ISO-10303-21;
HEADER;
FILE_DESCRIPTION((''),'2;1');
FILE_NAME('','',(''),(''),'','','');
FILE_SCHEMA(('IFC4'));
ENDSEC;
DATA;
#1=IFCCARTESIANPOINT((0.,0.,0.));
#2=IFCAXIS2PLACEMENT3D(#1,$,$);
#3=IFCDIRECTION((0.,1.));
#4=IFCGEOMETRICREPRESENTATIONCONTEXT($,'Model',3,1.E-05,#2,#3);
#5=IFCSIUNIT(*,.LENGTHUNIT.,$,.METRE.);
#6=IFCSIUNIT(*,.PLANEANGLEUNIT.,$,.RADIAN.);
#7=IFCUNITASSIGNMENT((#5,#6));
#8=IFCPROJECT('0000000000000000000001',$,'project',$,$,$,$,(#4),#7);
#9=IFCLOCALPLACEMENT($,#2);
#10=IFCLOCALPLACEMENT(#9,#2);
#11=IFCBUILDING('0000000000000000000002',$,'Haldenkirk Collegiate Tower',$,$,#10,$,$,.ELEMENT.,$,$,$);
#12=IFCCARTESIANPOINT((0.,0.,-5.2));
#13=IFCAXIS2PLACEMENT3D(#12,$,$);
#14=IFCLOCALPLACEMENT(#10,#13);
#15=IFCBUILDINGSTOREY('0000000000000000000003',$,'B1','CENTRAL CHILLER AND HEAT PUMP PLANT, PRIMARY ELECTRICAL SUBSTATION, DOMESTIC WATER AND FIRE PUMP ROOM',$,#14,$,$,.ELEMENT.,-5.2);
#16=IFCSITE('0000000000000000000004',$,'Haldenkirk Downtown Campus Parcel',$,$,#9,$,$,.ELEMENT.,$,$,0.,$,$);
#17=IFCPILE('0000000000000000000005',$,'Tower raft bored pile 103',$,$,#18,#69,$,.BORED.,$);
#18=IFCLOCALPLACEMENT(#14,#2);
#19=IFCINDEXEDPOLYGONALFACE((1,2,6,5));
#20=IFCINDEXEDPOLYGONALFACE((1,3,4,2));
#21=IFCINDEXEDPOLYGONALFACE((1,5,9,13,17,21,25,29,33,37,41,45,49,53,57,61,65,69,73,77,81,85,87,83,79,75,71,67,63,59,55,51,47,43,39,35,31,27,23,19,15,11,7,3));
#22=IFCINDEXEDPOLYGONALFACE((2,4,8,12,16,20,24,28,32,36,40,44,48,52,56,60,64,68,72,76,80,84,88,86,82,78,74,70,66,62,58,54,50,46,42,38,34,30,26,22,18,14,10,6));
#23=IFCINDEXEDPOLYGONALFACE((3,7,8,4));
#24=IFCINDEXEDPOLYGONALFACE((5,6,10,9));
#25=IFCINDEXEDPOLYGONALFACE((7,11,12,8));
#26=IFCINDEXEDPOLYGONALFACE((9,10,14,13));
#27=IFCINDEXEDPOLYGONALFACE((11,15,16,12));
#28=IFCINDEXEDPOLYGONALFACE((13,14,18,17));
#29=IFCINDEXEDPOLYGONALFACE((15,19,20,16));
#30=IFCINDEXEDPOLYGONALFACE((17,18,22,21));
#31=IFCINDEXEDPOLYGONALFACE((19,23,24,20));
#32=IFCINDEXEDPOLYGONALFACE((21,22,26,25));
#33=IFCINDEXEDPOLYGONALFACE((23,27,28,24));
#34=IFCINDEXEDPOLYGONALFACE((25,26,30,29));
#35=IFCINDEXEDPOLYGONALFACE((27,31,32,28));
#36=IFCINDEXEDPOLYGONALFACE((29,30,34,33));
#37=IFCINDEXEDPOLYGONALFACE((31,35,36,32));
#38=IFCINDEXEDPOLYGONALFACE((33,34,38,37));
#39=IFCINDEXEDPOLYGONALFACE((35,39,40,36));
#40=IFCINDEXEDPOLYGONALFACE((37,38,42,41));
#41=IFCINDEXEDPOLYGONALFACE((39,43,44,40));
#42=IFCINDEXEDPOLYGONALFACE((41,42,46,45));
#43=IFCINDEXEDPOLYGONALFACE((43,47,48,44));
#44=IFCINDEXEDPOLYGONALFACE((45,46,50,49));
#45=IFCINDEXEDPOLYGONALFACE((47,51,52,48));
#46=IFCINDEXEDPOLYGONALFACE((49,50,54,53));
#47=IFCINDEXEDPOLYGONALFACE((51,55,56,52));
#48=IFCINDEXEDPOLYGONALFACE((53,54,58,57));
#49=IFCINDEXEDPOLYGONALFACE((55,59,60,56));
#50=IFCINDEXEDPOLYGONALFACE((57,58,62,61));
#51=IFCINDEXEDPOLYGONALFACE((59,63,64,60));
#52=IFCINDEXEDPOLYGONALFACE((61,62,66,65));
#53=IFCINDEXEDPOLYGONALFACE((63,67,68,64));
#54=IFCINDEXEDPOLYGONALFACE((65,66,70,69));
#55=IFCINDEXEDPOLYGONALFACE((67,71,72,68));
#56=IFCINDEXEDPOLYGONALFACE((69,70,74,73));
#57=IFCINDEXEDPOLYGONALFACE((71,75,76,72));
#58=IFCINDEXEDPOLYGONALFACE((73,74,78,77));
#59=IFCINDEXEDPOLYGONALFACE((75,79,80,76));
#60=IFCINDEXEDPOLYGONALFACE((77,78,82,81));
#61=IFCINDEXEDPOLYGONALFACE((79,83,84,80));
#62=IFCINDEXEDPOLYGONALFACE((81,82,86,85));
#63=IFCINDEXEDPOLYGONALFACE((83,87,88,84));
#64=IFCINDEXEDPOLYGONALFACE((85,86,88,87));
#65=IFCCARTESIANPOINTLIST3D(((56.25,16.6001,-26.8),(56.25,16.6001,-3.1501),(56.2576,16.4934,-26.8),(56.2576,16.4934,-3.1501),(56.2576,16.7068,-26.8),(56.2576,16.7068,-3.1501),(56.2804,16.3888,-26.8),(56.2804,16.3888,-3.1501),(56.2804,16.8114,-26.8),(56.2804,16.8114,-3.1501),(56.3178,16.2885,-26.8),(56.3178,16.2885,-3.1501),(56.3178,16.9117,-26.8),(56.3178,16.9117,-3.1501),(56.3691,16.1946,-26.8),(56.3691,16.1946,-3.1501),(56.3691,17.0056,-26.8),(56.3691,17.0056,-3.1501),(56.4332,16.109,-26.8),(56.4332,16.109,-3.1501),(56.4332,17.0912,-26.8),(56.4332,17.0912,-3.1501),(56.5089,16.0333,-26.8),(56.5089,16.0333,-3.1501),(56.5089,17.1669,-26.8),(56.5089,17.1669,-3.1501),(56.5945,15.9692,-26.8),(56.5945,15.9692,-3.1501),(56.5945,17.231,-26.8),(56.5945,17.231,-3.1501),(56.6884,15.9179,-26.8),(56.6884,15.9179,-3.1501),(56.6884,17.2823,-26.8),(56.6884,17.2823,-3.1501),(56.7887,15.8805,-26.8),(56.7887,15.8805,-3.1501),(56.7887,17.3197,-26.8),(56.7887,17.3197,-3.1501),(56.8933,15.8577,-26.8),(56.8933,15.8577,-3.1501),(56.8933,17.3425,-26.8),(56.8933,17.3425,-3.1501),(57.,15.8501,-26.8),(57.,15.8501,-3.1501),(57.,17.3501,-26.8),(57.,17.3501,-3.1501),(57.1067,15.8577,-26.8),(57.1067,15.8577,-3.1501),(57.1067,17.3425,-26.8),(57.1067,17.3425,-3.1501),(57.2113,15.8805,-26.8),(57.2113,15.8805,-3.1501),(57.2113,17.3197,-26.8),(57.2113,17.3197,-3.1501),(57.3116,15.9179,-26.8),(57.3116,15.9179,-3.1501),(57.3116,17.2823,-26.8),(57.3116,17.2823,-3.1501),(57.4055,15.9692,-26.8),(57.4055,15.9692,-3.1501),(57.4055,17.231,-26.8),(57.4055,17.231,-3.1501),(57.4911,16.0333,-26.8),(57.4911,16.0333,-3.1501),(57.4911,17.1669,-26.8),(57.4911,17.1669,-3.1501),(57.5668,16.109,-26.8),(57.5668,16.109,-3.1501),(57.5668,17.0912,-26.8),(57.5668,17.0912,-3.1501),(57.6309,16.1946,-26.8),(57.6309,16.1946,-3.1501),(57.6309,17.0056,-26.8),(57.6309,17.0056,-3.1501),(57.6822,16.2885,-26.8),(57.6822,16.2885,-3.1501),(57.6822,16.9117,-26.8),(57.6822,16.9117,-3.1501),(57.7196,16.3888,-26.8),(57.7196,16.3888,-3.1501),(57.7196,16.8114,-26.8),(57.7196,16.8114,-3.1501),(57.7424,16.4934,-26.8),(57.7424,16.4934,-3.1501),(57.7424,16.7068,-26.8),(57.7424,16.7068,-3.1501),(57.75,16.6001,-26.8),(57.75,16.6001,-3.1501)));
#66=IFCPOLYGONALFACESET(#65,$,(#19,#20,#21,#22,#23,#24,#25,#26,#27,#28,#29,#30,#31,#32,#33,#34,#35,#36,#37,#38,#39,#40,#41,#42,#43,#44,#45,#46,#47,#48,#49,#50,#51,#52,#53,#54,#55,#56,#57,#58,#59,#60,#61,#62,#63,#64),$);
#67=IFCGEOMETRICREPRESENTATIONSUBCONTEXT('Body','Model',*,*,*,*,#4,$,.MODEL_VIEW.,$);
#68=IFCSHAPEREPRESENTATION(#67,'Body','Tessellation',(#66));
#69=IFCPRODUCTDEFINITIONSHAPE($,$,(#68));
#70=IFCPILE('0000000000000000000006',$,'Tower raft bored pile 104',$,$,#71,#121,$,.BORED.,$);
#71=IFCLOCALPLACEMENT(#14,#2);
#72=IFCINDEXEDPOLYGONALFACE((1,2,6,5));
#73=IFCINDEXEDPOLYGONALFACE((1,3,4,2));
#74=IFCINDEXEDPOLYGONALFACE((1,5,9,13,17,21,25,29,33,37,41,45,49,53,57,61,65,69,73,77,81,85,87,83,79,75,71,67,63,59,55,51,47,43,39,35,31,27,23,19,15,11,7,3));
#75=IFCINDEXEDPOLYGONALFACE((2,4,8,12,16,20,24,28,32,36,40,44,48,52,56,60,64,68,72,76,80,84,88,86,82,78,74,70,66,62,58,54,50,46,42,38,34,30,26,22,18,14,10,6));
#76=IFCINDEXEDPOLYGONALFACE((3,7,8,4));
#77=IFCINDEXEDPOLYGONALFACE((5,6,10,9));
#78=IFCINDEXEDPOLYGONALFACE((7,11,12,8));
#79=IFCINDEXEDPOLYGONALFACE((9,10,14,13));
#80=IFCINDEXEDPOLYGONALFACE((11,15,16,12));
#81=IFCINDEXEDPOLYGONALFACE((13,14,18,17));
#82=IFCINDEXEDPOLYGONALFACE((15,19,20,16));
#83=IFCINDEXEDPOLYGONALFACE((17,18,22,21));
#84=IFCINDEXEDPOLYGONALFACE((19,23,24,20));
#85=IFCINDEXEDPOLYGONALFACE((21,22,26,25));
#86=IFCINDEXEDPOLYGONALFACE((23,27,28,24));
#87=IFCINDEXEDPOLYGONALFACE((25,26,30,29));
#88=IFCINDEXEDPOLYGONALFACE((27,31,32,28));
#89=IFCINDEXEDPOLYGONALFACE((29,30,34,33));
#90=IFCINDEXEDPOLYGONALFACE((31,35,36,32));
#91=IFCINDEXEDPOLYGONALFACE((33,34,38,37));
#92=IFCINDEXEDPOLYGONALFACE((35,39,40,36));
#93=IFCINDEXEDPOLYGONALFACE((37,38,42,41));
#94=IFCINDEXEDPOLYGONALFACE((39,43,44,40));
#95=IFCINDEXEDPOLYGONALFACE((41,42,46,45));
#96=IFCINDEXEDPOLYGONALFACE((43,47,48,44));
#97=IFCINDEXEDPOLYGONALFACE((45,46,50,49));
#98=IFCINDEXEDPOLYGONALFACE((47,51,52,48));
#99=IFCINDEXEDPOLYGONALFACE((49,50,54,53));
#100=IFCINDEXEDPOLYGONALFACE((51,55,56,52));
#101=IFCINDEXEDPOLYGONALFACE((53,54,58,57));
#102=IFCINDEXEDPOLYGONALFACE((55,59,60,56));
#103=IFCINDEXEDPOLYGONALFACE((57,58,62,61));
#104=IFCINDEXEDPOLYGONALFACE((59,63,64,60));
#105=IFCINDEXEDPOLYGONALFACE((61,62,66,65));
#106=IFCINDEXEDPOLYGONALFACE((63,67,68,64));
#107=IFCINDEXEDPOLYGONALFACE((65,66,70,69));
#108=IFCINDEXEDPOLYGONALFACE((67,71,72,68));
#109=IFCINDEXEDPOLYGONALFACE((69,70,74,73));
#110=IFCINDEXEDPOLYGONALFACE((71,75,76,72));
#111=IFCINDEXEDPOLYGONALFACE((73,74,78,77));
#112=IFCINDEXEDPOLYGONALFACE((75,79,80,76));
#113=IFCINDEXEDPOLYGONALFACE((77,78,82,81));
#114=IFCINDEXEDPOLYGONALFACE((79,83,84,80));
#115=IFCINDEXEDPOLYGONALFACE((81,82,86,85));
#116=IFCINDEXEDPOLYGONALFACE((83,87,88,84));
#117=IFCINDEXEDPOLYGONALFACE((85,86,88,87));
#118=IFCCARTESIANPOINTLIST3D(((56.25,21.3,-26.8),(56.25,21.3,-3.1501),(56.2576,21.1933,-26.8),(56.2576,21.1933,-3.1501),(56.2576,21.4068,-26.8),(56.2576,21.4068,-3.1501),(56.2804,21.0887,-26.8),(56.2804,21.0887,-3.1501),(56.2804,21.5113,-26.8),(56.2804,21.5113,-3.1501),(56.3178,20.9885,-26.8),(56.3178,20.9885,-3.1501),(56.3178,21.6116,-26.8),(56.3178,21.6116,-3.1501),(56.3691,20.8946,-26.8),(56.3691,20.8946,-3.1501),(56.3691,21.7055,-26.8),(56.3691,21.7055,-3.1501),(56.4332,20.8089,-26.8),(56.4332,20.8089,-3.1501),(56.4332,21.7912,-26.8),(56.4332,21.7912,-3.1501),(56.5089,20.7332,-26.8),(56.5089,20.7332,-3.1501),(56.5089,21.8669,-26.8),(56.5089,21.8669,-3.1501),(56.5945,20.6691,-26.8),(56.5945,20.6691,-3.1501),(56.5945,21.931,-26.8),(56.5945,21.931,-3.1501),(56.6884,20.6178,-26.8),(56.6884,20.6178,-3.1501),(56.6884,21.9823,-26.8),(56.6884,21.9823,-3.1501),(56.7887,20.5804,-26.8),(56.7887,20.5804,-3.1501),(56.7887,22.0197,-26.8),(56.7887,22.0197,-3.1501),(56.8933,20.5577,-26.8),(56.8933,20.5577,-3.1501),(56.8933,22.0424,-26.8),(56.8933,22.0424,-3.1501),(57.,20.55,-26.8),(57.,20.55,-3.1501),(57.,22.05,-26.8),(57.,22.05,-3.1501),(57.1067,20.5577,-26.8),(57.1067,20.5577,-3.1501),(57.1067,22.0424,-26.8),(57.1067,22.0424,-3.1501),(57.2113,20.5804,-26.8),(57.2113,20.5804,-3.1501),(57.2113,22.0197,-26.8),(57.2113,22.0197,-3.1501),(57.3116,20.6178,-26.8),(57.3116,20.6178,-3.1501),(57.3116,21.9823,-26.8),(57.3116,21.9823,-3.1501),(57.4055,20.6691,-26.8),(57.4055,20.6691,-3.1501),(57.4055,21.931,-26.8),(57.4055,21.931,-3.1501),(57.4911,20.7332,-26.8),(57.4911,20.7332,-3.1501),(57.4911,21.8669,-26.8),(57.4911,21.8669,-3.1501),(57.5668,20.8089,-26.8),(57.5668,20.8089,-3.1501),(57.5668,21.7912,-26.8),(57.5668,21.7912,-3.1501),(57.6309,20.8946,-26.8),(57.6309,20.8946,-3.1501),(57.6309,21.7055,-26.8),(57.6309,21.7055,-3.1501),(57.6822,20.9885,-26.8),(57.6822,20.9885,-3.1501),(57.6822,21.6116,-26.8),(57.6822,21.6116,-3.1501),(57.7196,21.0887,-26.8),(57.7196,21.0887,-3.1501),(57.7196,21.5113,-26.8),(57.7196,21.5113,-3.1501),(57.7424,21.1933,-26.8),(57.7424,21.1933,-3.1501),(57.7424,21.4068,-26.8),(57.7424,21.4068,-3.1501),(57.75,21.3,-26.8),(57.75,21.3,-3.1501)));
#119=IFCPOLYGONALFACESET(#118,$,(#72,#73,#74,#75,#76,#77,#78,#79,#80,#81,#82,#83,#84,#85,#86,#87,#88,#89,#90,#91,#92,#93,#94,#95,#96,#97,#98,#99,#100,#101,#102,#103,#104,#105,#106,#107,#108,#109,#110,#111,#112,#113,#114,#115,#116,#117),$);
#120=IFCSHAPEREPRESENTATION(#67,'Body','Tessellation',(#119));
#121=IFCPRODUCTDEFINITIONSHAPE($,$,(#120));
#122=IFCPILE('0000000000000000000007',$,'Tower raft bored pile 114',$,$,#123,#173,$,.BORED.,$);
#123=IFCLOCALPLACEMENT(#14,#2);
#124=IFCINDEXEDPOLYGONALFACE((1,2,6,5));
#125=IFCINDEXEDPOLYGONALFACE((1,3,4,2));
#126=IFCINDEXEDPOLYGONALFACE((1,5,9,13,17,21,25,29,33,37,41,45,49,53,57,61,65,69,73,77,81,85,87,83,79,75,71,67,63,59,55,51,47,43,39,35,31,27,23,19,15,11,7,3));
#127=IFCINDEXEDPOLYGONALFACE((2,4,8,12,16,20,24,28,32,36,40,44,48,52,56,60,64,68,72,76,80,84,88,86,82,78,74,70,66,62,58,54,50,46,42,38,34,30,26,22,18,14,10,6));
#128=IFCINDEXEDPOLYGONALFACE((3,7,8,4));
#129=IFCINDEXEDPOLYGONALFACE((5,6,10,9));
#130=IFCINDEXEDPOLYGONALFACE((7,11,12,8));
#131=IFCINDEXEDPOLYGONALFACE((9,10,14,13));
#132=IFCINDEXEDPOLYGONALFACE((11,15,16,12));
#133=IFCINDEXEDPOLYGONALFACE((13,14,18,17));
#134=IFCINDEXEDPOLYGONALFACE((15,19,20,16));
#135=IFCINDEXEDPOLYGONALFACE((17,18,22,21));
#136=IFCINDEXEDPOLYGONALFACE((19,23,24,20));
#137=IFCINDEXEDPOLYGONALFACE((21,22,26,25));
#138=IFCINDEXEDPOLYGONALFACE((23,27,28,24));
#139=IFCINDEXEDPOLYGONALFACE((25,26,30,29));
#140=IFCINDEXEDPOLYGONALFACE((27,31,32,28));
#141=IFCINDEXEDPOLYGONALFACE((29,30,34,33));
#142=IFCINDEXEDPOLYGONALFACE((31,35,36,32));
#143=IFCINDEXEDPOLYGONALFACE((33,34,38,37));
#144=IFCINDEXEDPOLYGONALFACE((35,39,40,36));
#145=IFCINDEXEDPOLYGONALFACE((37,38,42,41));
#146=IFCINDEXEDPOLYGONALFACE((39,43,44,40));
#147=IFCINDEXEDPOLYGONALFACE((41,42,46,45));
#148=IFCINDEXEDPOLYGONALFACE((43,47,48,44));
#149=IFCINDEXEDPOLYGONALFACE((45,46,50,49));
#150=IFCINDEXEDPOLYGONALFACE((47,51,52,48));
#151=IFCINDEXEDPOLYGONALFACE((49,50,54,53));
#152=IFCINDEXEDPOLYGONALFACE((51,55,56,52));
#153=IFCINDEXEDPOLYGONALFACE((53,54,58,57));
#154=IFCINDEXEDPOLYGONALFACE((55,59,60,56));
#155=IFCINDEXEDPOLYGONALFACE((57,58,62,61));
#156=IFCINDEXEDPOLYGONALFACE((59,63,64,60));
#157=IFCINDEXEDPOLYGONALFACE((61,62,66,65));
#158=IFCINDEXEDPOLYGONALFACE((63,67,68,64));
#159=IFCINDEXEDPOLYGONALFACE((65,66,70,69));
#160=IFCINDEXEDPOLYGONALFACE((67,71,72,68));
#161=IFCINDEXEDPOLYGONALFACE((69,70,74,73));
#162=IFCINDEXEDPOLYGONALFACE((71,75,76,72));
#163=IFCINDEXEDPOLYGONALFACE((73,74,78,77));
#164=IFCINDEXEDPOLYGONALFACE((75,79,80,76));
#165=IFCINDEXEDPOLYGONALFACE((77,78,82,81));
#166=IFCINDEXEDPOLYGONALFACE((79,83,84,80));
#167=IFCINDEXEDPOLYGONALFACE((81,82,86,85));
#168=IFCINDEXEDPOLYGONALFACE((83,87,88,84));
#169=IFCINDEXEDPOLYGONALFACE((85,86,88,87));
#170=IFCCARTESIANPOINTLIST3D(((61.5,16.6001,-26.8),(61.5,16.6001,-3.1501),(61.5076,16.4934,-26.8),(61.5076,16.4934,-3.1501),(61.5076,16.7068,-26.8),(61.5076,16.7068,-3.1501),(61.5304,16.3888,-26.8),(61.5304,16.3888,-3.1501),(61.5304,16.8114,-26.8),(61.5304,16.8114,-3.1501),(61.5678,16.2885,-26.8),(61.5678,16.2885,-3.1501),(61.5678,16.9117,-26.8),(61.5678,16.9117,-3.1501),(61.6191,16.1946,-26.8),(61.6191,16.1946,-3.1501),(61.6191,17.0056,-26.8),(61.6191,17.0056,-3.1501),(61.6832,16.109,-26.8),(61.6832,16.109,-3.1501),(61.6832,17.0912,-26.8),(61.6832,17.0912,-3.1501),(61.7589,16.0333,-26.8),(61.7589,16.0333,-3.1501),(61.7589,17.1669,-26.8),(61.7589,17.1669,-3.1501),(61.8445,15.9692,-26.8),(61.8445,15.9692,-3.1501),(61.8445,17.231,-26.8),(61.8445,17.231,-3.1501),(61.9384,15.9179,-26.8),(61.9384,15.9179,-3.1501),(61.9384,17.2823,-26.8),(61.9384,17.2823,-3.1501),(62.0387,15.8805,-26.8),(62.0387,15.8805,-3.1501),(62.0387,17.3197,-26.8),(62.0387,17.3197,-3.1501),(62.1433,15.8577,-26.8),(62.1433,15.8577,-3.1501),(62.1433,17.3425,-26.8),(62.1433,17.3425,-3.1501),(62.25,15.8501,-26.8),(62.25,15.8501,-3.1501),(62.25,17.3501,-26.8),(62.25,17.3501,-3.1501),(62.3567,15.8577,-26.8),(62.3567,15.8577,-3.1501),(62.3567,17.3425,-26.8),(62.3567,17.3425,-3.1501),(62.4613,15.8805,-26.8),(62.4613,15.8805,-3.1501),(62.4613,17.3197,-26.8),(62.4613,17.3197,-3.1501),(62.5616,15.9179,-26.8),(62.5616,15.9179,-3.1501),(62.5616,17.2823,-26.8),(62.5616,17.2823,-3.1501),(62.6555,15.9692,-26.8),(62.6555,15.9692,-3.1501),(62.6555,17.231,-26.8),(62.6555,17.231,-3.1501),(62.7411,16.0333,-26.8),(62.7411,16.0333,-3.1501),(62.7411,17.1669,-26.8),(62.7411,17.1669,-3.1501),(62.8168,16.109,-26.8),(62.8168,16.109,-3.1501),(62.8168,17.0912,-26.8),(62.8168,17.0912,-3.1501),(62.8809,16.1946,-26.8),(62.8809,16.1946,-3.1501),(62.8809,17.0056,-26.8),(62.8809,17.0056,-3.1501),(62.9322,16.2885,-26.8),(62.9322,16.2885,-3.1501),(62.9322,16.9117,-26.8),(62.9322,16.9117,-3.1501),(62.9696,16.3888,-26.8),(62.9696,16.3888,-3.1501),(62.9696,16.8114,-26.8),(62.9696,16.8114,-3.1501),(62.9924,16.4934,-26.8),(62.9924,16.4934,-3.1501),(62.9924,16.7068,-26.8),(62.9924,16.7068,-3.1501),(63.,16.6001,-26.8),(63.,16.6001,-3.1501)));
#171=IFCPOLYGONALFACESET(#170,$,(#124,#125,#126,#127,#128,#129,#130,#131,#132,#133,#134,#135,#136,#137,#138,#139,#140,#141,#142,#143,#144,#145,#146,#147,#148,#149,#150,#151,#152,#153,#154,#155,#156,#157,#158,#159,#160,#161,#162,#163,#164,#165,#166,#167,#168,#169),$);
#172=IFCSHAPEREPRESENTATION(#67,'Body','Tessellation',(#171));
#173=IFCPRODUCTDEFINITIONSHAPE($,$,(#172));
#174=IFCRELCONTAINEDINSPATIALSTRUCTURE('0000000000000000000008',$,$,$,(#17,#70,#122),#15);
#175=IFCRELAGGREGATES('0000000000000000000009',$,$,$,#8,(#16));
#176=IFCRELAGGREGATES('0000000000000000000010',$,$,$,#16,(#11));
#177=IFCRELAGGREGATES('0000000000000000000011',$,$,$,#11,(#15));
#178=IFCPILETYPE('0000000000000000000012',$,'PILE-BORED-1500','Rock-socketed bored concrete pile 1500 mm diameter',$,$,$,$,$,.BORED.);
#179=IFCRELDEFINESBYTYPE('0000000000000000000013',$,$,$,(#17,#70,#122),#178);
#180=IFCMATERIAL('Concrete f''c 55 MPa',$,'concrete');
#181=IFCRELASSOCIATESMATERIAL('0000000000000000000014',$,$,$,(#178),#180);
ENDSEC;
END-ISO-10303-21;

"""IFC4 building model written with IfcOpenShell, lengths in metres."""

from ifc_helpers import new_model, si_unit, direction, frame, origin, origin_2d, place, context, subcontext, project, spatial, circle, extrude, material, material_profile, profile_set, type_object, element, save


model = new_model("IFC4")

# Units and contexts
model_context = context("Model", 3, precision=1e-05, world=origin(), true_north=direction((0.0, 1.0)))
body_context = subcontext(model_context, "Body", "Model", "MODEL_VIEW")
ifc_project = project(units=[si_unit("LENGTHUNIT", "METRE"), si_unit("PLANEANGLEUNIT", "RADIAN")], contexts=[model_context])

# Site, building, storey
site_placement = place(None, origin())
site = spatial("IfcSite", under=ifc_project, at=site_placement, Name="Haldenkirk Downtown Campus Parcel", CompositionType="ELEMENT", RefElevation=0.0)
building_placement = place(site_placement, origin())
building = spatial("IfcBuilding", under=site, at=building_placement, Name="Haldenkirk Collegiate Tower", CompositionType="ELEMENT")
storey_placement = place(building_placement, frame((0.0, 0.0, -5.2)))
storey = spatial("IfcBuildingStorey", under=building, at=storey_placement, Name="B1", Description="CENTRAL CHILLER AND HEAT PUMP PLANT, PRIMARY ELECTRICAL SUBSTATION, DOMESTIC WATER AND FIRE PUMP ROOM", CompositionType="ELEMENT", Elevation=-5.2)

# Shared definitions
ifc_material_1 = material(Name="Concrete f'c 55 MPa", Category="concrete")

# Piles
ifc_material_profile_1 = material_profile(ifc_material_1, circle(Radius=0.75, at=origin_2d()), Name="PILE1500")
ifc_profile_set_1 = profile_set([ifc_material_profile_1], Name="Concrete f'c 55 MPa")
pile_type_1 = type_object("IfcPileType", Name="PILE-BORED-1500", Description="Rock-socketed bored concrete pile 1500 mm diameter", PredefinedType="BORED", material=ifc_profile_set_1)
for number, where, z_axis, x_axis, name in (
    (1, (57.0, 16.6001, -3.1501), (0.0, 0.0, -1.0), (1.0, 0.0, 0.0), "Tower raft bored pile 103"),
    (2, (57.0, 21.3, -3.1501), (0.0, 0.0, -1.0), (1.0, 0.0, 0.0), "Tower raft bored pile 104"),
    (3, (62.25, 16.6001, -3.1501), (0.0, 0.0, -1.0), (1.0, 0.0, 0.0), "Tower raft bored pile 114"),
):
    element("IfcPile", number, at=place(storey_placement, frame(where, z_axis=z_axis, x_axis=x_axis)), inside=storey, type_object=pile_type_1, Name=name, PredefinedType="BORED", context=body_context, shape_type="SweptSolid", body=[
        extrude(circle(Radius=0.75, at=origin_2d()), origin(), (0.0, 0.0, 1.0), 23.6499),
    ])

save(model, "model.ifc")
